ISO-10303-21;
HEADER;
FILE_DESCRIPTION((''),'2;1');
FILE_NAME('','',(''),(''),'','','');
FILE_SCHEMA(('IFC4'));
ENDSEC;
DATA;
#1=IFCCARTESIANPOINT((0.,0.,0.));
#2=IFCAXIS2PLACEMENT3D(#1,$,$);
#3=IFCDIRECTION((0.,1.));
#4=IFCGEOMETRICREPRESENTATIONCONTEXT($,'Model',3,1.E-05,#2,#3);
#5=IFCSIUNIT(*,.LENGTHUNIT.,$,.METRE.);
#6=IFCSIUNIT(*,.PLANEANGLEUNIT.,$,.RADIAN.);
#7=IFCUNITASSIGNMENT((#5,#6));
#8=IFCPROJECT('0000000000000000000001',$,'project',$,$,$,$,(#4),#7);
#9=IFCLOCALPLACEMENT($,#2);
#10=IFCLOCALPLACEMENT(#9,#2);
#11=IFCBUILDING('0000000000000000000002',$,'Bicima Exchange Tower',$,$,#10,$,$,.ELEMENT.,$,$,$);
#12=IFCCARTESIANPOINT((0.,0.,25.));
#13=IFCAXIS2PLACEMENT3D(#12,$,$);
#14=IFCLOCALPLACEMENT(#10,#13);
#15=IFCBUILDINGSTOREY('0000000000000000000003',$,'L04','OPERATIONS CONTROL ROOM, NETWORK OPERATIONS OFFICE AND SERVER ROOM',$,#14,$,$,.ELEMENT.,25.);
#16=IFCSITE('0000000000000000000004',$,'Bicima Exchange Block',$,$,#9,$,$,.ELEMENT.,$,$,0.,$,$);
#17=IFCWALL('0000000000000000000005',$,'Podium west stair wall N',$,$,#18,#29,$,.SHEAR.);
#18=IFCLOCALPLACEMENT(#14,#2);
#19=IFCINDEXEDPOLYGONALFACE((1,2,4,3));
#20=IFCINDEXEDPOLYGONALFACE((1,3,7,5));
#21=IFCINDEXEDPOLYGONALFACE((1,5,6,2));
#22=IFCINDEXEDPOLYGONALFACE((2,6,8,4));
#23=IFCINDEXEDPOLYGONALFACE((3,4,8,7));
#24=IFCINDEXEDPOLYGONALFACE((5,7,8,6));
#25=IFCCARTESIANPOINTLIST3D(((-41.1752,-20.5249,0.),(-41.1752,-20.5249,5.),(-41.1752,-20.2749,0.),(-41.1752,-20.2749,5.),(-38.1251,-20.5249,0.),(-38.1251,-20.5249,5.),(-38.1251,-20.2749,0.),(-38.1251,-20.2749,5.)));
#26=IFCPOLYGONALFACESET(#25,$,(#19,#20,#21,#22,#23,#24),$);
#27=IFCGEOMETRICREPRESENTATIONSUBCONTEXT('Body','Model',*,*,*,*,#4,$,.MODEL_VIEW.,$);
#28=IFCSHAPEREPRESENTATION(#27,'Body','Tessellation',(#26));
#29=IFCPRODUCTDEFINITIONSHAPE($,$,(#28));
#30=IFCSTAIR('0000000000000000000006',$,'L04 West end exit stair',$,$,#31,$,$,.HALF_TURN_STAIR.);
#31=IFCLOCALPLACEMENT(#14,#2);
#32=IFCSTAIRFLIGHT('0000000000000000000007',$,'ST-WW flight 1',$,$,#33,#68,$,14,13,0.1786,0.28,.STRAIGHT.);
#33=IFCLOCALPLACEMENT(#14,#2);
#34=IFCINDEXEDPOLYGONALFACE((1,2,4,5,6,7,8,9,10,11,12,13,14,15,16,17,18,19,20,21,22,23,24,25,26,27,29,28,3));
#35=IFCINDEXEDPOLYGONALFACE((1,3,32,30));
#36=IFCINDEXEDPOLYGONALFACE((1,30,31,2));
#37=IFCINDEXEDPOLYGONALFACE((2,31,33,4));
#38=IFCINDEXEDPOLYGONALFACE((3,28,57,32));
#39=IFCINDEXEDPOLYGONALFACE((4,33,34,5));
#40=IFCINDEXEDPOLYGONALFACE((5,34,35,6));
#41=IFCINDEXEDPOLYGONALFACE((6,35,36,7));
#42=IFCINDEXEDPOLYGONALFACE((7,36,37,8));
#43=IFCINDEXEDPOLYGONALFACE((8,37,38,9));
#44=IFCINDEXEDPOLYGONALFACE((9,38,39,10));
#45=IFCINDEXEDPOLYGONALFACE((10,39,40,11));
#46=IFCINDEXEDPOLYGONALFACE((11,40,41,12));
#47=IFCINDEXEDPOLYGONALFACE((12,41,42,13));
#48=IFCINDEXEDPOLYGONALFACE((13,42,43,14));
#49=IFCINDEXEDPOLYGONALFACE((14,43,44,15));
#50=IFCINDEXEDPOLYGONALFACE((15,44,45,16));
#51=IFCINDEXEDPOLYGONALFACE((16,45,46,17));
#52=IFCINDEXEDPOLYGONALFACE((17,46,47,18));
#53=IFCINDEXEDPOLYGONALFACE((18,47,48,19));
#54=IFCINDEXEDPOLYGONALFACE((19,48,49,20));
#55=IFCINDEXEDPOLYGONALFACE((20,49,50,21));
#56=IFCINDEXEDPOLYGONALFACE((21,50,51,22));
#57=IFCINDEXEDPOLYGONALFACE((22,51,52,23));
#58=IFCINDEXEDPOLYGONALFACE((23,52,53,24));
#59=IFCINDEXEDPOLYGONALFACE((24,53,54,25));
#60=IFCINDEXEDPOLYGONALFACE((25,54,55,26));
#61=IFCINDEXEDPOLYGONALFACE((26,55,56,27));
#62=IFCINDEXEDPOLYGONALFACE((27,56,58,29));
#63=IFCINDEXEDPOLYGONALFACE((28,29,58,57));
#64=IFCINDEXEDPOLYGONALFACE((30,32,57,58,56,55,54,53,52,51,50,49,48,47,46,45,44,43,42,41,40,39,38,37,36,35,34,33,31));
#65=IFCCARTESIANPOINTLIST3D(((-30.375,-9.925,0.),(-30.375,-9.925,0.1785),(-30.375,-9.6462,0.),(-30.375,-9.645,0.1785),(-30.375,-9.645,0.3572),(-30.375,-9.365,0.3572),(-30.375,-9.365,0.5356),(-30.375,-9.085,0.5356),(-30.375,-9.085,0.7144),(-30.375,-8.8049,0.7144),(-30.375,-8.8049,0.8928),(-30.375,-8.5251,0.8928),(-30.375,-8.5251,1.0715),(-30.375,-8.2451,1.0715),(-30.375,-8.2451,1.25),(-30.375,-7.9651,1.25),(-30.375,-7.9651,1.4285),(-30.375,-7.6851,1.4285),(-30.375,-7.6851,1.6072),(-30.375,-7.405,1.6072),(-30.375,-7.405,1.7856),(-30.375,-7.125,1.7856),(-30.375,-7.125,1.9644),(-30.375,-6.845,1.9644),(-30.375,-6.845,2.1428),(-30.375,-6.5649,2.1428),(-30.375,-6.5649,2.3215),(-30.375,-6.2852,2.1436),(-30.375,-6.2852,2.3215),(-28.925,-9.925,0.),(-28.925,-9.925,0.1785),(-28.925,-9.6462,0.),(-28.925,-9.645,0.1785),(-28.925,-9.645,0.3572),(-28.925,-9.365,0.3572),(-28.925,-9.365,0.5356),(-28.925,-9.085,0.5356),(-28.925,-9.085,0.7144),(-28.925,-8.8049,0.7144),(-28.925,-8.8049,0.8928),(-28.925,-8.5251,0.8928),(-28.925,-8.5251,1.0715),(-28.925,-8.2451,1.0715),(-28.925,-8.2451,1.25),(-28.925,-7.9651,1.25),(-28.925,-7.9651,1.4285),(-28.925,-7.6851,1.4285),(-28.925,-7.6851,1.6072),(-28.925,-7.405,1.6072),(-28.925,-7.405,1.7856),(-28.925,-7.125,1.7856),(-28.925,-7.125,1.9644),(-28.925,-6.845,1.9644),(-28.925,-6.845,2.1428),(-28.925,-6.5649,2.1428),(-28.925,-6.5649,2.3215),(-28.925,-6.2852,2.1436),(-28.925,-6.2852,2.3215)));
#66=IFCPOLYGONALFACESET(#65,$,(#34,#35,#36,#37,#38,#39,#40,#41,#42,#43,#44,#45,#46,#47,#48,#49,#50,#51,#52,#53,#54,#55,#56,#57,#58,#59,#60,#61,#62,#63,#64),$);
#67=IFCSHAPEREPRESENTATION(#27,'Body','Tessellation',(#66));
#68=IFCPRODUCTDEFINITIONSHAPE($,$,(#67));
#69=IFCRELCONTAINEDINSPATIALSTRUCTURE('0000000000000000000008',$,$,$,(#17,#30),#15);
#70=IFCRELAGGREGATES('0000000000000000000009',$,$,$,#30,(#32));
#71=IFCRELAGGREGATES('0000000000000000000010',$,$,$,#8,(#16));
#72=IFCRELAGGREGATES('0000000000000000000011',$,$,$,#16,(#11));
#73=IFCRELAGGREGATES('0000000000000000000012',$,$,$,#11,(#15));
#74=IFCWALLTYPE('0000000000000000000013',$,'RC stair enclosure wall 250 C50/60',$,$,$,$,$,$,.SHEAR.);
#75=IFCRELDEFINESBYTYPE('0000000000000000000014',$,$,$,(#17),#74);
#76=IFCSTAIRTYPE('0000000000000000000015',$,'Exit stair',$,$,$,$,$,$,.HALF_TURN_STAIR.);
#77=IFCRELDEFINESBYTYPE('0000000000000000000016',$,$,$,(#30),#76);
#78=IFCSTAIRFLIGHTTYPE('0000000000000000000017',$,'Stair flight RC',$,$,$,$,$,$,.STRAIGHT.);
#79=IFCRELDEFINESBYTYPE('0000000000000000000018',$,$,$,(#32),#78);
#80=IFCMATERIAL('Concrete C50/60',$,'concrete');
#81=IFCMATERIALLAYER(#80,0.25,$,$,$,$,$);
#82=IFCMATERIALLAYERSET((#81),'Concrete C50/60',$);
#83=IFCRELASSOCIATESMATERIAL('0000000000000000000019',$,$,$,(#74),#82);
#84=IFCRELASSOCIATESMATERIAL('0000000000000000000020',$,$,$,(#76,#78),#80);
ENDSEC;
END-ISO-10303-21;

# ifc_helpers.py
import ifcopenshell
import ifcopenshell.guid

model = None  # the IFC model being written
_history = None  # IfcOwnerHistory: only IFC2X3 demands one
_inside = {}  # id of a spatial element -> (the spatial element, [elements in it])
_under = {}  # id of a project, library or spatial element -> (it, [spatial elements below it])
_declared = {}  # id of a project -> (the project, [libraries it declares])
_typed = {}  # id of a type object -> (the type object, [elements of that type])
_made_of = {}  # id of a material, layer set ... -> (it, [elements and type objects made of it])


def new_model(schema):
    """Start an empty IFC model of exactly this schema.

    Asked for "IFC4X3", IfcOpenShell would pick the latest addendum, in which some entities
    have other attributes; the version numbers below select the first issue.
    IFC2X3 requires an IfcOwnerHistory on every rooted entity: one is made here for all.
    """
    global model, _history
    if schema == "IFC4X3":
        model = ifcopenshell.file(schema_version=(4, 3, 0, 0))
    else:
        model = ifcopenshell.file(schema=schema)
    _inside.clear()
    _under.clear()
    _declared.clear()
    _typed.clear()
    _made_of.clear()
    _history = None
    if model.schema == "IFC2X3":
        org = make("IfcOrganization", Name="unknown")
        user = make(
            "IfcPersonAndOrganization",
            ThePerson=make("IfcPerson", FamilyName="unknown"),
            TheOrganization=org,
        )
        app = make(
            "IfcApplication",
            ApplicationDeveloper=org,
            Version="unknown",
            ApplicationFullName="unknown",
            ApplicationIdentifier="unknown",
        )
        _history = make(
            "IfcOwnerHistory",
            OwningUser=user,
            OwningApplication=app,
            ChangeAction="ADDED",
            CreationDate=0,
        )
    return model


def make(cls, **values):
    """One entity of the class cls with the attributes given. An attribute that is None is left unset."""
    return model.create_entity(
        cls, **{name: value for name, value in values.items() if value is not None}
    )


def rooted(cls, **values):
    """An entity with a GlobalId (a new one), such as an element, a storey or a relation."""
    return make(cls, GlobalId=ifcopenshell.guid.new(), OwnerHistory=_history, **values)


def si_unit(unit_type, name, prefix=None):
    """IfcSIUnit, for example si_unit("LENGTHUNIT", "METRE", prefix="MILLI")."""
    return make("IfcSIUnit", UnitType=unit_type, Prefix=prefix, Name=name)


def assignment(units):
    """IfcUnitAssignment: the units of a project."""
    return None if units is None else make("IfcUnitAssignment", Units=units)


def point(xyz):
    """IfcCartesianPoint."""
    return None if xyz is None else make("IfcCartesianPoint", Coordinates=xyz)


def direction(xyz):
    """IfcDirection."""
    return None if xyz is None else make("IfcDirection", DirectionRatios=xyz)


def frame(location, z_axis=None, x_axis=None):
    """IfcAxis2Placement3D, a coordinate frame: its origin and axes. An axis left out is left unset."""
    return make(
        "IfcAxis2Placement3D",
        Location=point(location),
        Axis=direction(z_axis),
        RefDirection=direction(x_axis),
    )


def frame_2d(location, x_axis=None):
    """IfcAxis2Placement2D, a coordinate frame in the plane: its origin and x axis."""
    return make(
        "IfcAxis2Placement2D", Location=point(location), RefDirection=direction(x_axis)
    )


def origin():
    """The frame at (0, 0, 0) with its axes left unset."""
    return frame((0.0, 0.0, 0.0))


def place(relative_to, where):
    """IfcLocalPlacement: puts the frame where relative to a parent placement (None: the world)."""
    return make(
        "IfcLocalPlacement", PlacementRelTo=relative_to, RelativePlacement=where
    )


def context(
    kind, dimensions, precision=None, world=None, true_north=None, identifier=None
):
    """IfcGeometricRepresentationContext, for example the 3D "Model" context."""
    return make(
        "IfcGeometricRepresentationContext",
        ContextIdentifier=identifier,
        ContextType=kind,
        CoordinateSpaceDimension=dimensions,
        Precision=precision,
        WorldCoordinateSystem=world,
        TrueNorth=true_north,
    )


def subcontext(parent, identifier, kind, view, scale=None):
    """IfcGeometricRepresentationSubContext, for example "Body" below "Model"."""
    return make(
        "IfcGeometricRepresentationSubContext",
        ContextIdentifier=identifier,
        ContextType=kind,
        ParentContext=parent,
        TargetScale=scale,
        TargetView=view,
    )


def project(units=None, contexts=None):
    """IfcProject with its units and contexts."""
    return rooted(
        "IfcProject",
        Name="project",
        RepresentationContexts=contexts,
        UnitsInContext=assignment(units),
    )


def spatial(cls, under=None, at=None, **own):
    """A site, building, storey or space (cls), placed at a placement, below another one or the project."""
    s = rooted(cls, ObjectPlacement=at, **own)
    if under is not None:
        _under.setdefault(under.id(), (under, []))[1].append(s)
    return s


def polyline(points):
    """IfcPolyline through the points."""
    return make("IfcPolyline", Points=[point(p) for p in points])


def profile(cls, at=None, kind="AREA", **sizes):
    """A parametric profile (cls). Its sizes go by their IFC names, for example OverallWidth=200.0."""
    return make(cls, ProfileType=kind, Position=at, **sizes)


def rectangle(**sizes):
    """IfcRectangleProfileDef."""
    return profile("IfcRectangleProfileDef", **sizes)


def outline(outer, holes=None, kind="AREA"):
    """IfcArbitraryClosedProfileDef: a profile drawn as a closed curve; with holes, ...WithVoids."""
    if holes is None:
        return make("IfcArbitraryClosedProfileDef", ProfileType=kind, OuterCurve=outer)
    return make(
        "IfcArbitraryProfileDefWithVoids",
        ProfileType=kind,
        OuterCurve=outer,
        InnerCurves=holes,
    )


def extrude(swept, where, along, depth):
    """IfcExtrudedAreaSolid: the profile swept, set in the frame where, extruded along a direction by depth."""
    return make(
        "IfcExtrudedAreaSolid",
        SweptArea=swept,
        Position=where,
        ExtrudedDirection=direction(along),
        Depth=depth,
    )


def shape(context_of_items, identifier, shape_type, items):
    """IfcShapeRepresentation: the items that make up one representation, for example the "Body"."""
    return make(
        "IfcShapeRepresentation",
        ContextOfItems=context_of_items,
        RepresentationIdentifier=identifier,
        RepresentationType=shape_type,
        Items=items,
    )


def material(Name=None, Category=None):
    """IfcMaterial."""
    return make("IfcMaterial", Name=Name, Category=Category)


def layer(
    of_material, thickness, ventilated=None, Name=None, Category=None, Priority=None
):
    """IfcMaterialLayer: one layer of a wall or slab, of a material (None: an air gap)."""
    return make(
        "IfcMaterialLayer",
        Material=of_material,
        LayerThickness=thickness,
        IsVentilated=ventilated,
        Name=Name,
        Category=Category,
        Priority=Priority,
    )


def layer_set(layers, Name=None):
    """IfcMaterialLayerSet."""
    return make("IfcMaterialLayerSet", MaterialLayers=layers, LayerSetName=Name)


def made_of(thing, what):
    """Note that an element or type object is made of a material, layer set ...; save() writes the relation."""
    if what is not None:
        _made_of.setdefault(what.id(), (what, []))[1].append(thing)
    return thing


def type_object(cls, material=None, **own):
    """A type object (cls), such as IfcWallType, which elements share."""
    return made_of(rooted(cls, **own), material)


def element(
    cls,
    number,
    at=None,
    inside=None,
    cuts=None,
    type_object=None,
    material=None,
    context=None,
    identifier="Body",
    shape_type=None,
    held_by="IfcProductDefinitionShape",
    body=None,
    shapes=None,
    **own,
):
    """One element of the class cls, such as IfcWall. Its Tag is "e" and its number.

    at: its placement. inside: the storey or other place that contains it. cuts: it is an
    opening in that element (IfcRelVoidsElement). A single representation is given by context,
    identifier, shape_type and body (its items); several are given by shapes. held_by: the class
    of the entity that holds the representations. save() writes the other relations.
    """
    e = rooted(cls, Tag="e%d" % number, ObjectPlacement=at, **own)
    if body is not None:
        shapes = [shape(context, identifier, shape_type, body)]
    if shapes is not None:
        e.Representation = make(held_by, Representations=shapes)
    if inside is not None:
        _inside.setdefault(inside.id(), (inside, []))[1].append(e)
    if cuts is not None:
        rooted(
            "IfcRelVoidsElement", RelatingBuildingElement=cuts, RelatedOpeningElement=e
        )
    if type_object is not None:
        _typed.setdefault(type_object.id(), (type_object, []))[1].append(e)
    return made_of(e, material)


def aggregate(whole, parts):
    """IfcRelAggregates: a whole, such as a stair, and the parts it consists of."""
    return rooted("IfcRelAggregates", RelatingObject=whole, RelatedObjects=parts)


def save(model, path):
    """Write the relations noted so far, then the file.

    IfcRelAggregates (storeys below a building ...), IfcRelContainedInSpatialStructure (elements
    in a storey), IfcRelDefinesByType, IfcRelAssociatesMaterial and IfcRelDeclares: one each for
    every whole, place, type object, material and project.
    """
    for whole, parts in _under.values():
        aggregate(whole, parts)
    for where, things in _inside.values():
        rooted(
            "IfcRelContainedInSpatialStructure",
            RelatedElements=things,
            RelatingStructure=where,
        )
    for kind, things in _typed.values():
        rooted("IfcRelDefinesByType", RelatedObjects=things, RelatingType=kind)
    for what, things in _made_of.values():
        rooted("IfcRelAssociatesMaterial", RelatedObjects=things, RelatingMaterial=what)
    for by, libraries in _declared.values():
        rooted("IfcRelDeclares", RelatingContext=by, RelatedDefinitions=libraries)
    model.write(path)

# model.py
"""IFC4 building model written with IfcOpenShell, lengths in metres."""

from ifc_helpers import new_model, si_unit, direction, frame, frame_2d, origin, place, context, subcontext, project, spatial, polyline, rectangle, outline, extrude, material, layer, layer_set, type_object, element, aggregate, save


model = new_model("IFC4")

# Units and contexts
model_context = context("Model", 3, precision=1e-05, world=origin(), true_north=direction((0.0, 1.0)))
body_context = subcontext(model_context, "Body", "Model", "MODEL_VIEW")
ifc_project = project(units=[si_unit("LENGTHUNIT", "METRE"), si_unit("PLANEANGLEUNIT", "RADIAN")], contexts=[model_context])

# Site, building, storey
site_placement = place(None, origin())
site = spatial("IfcSite", under=ifc_project, at=site_placement, Name="Bicima Exchange Block", CompositionType="ELEMENT", RefElevation=0.0)
building_placement = place(site_placement, origin())
building = spatial("IfcBuilding", under=site, at=building_placement, Name="Bicima Exchange Tower", CompositionType="ELEMENT")
storey_placement = place(building_placement, frame((0.0, 0.0, 25.0)))
storey = spatial("IfcBuildingStorey", under=building, at=storey_placement, Name="L04", Description="OPERATIONS CONTROL ROOM, NETWORK OPERATIONS OFFICE AND SERVER ROOM", CompositionType="ELEMENT", Elevation=25.0)

# Shared definitions
ifc_material_1 = material(Name="Concrete C50/60", Category="concrete")
ifc_layer_1 = layer(ifc_material_1, 0.25)
ifc_layer_set_1 = layer_set([ifc_layer_1], Name="Concrete C50/60")
wall_type_1 = type_object("IfcWallType", Name="RC stair enclosure wall 250 C50/60", PredefinedType="SHEAR", material=ifc_layer_set_1)

# Wall
wall_1_placement = place(storey_placement, frame((-41.175, -20.3999, 0.0), z_axis=(0.0, 0.0, 1.0), x_axis=(1.0, 0.0, 0.0)))
element("IfcWall", 1, at=wall_1_placement, inside=storey, type_object=wall_type_1, Name="Podium west stair wall N", PredefinedType="SHEAR", context=body_context, shape_type="SweptSolid", body=[
    extrude(rectangle(XDim=3.05, YDim=0.25, at=frame_2d((1.5249, 0.0))), origin(), (0.0, 0.0, 1.0), 5.0),
])

# Stair, stair flight
stair_type = type_object("IfcStairType", Name="Exit stair", PredefinedType="HALF_TURN_STAIR", material=ifc_material_1)
stair_placement = place(storey_placement, origin())
stair = element("IfcStair", 2, at=stair_placement, inside=storey, type_object=stair_type, Name="L04 West end exit stair", PredefinedType="HALF_TURN_STAIR")
stair_flight_type = type_object("IfcStairFlightType", Name="Stair flight RC", PredefinedType="STRAIGHT", material=ifc_material_1)
stair_flight_placement = place(storey_placement, frame((-29.6499, -9.925, 0.0), z_axis=(0.0, 0.0, 1.0), x_axis=(0.0, 1.0, 0.0)))
stair_flight = element("IfcStairFlight", 3, at=stair_flight_placement, type_object=stair_flight_type, Name="ST-WW flight 1", NumberOfRisers=14, NumberOfTreads=13, PredefinedType="STRAIGHT", RiserHeight=0.1786, TreadLength=0.28, context=body_context, shape_type="SweptSolid", body=[
    extrude(outline(polyline([(0.0, 0.0), (0.0, 0.1785), (0.28, 0.1785), (0.28, 0.3572), (0.5601, 0.3572), (0.5601, 0.5356), (0.8401, 0.5356), (0.8401, 0.7144), (1.1201, 0.7144), (1.1201, 0.8928), (1.3999, 0.8928), (1.3999, 1.0715), (1.6799, 1.0715), (1.6799, 1.25), (1.96, 1.25), (1.96, 1.4285), (2.24, 1.4285), (2.24, 1.6072), (2.52, 1.6072), (2.52, 1.7856), (2.8, 1.7856), (2.8, 1.9644), (3.0801, 1.9644), (3.0801, 2.1428), (3.3601, 2.1428), (3.3601, 2.3215), (3.6399, 2.3215), (3.6399, 2.5), (3.6399, 2.1436), (0.2788, 0.0), (0.0, 0.0)])), frame((0.0, 0.7251, 0.0), z_axis=(0.0, -1.0, 0.0), x_axis=(1.0, 0.0, 0.0)), (0.0, 0.0, 1.0), 1.45),
])
aggregate(stair, [stair_flight])

save(model, "model.ifc")
